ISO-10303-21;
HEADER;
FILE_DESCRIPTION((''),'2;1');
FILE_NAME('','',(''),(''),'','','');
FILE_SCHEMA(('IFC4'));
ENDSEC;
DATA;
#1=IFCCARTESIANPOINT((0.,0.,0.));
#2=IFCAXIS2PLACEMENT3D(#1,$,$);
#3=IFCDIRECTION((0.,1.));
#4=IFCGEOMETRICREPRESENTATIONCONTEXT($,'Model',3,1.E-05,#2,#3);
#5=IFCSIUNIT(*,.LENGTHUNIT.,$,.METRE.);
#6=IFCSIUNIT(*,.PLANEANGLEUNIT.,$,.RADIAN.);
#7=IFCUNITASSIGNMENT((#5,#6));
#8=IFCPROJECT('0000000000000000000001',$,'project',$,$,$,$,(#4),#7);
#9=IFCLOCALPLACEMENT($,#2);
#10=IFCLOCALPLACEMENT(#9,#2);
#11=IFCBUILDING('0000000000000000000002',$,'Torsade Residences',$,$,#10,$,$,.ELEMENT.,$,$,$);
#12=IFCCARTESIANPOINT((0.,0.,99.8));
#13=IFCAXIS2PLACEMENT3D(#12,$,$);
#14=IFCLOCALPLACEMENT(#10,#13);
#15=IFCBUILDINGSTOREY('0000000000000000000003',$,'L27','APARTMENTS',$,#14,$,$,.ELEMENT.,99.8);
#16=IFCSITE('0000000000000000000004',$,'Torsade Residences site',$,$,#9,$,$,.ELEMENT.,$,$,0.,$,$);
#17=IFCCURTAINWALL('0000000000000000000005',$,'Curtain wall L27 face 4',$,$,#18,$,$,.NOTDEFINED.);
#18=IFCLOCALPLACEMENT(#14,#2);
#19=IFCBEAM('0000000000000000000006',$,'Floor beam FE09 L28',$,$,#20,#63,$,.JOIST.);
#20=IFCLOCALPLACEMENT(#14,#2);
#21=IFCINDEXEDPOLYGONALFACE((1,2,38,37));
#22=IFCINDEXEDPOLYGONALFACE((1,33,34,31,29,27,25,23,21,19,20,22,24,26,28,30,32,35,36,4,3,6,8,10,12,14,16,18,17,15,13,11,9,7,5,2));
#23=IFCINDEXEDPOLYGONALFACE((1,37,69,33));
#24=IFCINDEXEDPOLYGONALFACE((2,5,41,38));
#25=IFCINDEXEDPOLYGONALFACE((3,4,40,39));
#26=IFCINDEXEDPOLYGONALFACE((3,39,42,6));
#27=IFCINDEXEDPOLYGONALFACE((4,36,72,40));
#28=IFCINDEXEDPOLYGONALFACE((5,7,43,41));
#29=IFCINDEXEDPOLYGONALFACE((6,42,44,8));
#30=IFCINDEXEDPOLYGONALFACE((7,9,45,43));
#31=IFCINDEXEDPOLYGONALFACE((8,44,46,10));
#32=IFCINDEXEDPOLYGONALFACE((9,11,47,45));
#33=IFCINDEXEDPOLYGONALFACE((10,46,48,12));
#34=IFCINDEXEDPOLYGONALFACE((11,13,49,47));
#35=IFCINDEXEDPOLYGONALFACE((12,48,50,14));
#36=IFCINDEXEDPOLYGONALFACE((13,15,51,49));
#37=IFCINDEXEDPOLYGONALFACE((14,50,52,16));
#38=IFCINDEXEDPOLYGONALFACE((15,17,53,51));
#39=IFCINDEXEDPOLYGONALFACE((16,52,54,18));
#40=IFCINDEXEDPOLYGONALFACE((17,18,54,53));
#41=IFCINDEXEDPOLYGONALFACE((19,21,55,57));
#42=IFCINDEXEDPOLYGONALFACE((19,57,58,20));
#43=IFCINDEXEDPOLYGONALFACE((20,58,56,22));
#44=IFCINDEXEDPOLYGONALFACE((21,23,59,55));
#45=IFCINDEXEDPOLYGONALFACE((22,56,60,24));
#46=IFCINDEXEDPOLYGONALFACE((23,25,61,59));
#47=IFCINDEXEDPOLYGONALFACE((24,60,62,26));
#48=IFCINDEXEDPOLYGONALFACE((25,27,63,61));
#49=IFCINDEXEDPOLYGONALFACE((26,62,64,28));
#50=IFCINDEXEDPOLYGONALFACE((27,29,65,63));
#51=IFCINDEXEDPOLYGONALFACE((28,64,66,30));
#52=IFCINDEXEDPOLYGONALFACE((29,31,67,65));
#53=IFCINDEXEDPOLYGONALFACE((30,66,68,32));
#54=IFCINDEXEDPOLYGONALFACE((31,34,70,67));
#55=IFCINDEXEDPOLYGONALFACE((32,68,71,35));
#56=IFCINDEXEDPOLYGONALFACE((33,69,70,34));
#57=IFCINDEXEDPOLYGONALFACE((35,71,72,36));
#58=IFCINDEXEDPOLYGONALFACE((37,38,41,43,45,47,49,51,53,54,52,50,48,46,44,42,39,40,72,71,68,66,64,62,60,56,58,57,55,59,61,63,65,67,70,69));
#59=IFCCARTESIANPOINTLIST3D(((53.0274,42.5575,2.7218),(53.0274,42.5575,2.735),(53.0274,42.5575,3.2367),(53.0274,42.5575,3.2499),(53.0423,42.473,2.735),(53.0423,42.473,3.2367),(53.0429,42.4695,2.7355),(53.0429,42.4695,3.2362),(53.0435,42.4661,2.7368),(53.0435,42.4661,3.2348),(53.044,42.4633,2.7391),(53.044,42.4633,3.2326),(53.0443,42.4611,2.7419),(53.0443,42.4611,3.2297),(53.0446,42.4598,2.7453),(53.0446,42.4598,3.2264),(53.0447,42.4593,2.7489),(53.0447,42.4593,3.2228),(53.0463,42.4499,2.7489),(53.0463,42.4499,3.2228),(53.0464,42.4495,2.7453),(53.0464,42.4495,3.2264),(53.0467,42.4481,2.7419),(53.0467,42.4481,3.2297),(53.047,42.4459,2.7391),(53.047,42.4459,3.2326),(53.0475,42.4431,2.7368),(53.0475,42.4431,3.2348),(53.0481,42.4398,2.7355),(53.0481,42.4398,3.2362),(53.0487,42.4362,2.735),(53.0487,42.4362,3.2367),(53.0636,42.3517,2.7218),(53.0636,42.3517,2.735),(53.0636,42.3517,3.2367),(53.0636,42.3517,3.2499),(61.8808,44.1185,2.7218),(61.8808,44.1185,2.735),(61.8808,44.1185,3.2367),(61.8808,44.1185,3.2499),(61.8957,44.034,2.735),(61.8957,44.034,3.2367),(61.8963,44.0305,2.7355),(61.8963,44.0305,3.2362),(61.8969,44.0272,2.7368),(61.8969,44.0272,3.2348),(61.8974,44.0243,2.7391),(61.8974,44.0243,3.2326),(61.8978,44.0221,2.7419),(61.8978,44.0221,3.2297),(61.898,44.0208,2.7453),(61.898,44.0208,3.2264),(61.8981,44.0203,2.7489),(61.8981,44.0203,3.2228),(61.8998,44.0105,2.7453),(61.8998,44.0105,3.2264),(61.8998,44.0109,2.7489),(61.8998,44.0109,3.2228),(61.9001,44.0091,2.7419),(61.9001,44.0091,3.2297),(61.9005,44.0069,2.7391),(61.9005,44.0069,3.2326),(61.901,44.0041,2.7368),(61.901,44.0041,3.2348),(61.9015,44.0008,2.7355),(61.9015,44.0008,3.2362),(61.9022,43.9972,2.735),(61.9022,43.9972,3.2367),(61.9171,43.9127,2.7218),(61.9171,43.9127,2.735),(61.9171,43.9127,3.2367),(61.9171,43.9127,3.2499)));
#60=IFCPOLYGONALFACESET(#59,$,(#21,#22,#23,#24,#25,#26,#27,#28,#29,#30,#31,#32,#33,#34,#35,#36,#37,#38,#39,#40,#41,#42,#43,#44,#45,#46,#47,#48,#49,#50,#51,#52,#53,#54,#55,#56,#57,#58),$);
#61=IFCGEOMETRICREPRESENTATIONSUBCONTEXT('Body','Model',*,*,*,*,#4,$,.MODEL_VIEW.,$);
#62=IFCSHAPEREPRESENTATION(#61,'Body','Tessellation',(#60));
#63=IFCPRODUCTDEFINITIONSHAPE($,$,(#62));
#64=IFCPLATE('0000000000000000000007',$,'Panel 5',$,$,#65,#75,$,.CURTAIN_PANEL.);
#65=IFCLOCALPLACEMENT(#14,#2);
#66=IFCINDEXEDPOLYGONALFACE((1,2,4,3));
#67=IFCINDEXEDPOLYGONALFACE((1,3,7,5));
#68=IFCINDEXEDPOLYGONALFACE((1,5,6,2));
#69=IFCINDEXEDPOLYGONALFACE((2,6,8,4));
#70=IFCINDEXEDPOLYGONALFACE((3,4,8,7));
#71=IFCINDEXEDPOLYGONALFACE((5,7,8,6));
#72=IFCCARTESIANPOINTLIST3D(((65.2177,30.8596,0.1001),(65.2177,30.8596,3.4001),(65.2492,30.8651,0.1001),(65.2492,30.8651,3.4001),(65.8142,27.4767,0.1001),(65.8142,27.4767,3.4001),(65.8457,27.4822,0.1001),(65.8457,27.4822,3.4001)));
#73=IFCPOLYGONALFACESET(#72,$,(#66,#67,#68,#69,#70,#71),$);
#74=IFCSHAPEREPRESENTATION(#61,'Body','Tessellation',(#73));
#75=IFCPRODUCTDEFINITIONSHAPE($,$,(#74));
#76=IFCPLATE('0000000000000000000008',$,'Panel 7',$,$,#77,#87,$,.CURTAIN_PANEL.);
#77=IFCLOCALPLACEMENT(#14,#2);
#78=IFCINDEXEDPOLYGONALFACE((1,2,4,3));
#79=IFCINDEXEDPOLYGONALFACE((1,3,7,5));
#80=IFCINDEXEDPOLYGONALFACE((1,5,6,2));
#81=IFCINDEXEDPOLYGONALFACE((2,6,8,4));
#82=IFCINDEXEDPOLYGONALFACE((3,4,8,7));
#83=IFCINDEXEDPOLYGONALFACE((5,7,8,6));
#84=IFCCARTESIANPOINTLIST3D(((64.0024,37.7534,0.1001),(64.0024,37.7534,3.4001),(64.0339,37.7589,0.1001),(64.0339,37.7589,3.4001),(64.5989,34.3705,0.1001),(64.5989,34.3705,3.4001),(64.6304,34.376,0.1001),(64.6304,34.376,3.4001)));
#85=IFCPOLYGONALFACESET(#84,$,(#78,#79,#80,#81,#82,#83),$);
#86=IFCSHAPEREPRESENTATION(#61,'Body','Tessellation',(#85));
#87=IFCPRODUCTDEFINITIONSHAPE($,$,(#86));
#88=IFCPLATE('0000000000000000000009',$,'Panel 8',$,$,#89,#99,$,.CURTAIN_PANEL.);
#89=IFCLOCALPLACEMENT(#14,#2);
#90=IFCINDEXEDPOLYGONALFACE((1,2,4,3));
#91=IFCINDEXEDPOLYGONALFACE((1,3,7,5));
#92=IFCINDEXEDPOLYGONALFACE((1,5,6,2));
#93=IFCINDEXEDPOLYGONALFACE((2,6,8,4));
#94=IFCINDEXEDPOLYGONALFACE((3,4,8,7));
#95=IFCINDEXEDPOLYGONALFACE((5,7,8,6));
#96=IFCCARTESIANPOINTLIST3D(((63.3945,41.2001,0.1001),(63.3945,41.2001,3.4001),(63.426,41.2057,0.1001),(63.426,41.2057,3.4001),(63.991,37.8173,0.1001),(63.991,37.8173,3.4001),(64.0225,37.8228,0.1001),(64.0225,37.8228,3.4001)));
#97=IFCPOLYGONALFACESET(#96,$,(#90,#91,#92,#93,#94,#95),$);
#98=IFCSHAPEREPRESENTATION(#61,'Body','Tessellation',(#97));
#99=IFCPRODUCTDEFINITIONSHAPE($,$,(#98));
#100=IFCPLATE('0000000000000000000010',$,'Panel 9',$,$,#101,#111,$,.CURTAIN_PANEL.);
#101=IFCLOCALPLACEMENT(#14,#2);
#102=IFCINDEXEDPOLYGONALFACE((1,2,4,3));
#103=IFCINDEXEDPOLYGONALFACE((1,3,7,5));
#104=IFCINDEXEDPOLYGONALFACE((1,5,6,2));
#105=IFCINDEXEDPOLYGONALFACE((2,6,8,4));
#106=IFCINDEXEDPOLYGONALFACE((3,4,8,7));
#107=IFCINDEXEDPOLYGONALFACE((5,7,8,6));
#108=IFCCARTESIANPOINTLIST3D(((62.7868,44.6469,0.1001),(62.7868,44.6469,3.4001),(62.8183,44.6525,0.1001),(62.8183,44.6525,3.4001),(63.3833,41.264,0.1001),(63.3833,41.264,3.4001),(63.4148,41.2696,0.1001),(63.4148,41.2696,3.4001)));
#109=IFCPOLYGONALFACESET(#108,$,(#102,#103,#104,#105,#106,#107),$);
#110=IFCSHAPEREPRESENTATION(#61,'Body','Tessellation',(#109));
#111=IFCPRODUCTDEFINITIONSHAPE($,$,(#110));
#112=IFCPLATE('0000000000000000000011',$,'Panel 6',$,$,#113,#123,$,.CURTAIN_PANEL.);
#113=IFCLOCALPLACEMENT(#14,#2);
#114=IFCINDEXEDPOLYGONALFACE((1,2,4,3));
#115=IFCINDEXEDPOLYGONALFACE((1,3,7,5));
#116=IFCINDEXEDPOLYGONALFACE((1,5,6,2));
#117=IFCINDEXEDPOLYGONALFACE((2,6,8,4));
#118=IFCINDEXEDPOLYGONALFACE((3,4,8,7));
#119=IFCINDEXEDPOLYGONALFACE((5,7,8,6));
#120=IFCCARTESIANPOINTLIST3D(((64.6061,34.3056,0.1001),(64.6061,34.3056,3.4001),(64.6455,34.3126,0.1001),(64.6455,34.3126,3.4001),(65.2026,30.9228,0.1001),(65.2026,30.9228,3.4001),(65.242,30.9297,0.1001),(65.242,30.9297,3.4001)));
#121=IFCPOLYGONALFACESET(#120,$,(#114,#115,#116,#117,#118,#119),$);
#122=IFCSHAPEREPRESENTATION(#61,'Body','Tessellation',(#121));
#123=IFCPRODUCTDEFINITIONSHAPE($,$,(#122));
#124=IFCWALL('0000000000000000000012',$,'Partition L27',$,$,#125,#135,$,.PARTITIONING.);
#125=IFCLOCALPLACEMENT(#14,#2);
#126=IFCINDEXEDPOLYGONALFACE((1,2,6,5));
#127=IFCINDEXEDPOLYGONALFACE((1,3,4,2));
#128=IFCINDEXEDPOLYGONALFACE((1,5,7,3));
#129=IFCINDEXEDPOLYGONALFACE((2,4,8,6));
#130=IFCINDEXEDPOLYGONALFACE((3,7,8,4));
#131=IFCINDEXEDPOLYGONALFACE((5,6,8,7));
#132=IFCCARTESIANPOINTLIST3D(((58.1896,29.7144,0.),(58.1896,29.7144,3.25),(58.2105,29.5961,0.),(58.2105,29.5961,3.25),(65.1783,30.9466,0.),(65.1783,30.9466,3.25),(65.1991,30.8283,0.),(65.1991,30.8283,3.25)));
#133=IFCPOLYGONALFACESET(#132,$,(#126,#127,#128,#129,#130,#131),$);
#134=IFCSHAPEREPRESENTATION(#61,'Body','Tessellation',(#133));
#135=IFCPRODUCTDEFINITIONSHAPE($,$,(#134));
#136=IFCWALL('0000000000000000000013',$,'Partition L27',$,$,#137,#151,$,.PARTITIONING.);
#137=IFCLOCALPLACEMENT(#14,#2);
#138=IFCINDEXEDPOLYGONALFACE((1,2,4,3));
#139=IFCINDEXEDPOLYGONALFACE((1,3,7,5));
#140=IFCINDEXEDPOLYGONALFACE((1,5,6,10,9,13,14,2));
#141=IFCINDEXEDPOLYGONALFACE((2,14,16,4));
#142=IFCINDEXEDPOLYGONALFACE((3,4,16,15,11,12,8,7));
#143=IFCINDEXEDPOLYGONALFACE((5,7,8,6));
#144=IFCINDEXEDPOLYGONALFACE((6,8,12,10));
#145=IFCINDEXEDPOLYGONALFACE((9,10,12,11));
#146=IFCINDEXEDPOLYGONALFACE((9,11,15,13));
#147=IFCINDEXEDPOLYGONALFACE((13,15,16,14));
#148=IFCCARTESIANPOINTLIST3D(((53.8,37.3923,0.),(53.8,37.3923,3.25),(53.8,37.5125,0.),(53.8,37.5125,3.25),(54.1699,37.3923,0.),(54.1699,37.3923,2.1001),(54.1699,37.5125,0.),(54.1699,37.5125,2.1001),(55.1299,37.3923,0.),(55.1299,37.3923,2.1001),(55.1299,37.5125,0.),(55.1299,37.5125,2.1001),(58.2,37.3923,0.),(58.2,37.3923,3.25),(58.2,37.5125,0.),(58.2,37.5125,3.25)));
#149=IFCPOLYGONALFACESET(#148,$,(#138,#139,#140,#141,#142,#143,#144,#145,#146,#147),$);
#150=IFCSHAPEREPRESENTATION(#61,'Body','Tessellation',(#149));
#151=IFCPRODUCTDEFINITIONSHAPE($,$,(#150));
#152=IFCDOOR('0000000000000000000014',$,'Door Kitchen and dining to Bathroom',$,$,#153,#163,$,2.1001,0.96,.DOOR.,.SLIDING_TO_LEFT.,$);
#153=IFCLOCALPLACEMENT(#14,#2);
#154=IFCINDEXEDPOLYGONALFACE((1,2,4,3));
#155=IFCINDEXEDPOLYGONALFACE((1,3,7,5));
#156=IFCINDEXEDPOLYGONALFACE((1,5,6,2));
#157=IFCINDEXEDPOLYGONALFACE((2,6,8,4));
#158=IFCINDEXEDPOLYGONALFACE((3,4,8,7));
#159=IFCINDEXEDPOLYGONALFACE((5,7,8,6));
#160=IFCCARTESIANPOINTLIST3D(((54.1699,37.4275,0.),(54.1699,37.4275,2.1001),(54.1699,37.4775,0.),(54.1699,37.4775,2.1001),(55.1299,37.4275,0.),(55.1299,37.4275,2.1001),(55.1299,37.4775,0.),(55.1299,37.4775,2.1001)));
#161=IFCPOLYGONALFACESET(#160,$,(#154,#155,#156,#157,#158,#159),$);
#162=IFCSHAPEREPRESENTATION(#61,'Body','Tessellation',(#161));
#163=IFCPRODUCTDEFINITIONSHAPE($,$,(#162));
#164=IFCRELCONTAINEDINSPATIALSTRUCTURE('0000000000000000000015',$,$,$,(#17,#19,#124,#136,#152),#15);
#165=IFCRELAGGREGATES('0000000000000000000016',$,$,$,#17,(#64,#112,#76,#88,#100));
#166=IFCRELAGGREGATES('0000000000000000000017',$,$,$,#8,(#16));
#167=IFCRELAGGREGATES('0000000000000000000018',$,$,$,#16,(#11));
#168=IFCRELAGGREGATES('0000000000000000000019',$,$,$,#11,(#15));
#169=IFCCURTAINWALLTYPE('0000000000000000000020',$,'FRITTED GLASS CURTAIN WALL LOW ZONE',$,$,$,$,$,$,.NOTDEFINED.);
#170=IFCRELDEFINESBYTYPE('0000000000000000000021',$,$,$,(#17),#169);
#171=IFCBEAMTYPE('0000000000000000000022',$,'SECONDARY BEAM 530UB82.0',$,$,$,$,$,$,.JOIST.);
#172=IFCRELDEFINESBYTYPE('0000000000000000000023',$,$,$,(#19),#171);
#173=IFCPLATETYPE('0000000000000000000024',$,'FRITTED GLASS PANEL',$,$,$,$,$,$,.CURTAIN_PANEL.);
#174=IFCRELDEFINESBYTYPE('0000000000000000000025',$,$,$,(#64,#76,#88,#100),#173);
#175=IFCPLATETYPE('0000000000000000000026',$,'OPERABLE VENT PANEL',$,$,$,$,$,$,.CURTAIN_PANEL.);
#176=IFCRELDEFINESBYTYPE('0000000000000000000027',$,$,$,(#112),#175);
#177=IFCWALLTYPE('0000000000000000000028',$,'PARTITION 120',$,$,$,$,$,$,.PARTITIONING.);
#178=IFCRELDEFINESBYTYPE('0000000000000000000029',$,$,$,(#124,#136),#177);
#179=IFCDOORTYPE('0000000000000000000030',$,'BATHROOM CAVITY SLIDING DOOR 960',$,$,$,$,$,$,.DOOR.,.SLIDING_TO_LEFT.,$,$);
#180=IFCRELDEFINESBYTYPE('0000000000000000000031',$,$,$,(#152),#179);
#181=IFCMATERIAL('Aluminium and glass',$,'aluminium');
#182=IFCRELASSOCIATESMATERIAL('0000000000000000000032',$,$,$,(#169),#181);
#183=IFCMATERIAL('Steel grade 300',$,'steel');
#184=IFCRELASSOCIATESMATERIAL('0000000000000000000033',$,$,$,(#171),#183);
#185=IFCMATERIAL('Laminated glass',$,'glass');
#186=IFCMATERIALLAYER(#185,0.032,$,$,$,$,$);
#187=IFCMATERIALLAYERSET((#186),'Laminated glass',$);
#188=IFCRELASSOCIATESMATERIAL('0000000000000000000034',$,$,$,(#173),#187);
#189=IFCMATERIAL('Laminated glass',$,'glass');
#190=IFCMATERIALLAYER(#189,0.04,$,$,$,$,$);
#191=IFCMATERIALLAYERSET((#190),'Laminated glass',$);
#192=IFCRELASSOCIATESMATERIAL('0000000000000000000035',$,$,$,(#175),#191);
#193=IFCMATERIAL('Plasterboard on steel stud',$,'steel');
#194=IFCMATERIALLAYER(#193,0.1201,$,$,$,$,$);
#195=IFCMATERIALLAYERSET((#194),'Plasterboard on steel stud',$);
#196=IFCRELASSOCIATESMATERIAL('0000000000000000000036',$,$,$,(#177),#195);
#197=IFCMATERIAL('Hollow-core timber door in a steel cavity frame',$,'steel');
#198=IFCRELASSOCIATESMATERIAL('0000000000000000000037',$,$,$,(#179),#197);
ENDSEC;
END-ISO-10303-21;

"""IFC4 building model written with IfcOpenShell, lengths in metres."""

from ifc_helpers import new_model, si_unit, direction, frame, frame_2d, origin, origin_2d, place, context, subcontext, project, spatial, rectangle, i_section, extrude, material, layer, layer_set, material_profile, profile_set, type_object, element, fill, aggregate, save


model = new_model("IFC4")

# Units and contexts
model_context = context("Model", 3, precision=1e-05, world=origin(), true_north=direction((0.0, 1.0)))
body_context = subcontext(model_context, "Body", "Model", "MODEL_VIEW")
ifc_project = project(units=[si_unit("LENGTHUNIT", "METRE"), si_unit("PLANEANGLEUNIT", "RADIAN")], contexts=[model_context])

# Site, building, storey
site_placement = place(None, origin())
site = spatial("IfcSite", under=ifc_project, at=site_placement, Name="Torsade Residences site", CompositionType="ELEMENT", RefElevation=0.0)
building_placement = place(site_placement, origin())
building = spatial("IfcBuilding", under=site, at=building_placement, Name="Torsade Residences", CompositionType="ELEMENT")
storey_placement = place(building_placement, frame((0.0, 0.0, 99.8)))
storey = spatial("IfcBuildingStorey", under=building, at=storey_placement, Name="L27", Description="APARTMENTS", CompositionType="ELEMENT", Elevation=99.8)

# Curtain wall
ifc_material_1 = material(Name="Aluminium and glass", Category="aluminium")
curtain_wall_type = type_object("IfcCurtainWallType", Name="FRITTED GLASS CURTAIN WALL LOW ZONE", PredefinedType="NOTDEFINED", material=ifc_material_1)
curtain_wall_placement = place(storey_placement, origin())
curtain_wall = element("IfcCurtainWall", 1, at=curtain_wall_placement, inside=storey, type_object=curtain_wall_type, Name="Curtain wall L27 face 4", PredefinedType="NOTDEFINED")

# Beam
ifc_material_2 = material(Name="Steel grade 300", Category="steel")
ifc_material_profile_1 = material_profile(ifc_material_2, i_section(OverallWidth=0.209, OverallDepth=0.5281, WebThickness=0.0095, FlangeThickness=0.0132, FilletRadius=0.0139, at=origin_2d()), Name="530UB82.0")
ifc_profile_set_1 = profile_set([ifc_material_profile_1], Name="Steel grade 300")
beam_type_1 = type_object("IfcBeamType", Name="SECONDARY BEAM 530UB82.0", PredefinedType="JOIST", material=ifc_profile_set_1)
beam_1_placement = place(storey_placement, frame((61.8989, 44.0156, 2.9858), z_axis=(-0.984809, -0.17364, 0.0), x_axis=(0.17364, -0.984809, 0.0)))
element("IfcBeam", 2, at=beam_1_placement, inside=storey, type_object=beam_type_1, Name="Floor beam FE09 L28", PredefinedType="JOIST", context=body_context, shape_type="SweptSolid", body=[
    extrude(i_section(OverallWidth=0.209, OverallDepth=0.5281, WebThickness=0.0095, FlangeThickness=0.0132, FilletRadius=0.0139, at=origin_2d()), origin(), (0.0, 0.0, 1.0), 8.99),
])

# Plates
ifc_material_3 = material(Name="Laminated glass", Category="glass")
ifc_layer_1 = layer(ifc_material_3, 0.032)
ifc_layer_set_1 = layer_set([ifc_layer_1], Name="Laminated glass")
plate_type_1 = type_object("IfcPlateType", Name="FRITTED GLASS PANEL", PredefinedType="CURTAIN_PANEL", material=ifc_layer_set_1)
plate_1_placement = place(storey_placement, frame((65.5317, 29.1709, 0.1001), z_axis=(0.0, 0.0, 1.0), x_axis=(-0.173648, 0.984808, 0.0)))
plate_1 = element("IfcPlate", 3, at=plate_1_placement, type_object=plate_type_1, Name="Panel 5", PredefinedType="CURTAIN_PANEL", context=body_context, shape_type="SweptSolid", body=[
    extrude(rectangle(XDim=3.4351, YDim=0.032, at=origin_2d()), origin(), (0.0, 0.0, 1.0), 3.3),
])
plate_2_placement = place(storey_placement, frame((64.3164, 36.0647, 0.1001), z_axis=(0.0, 0.0, 1.0), x_axis=(-0.173648, 0.984808, 0.0)))
plate_2 = element("IfcPlate", 4, at=plate_2_placement, type_object=plate_type_1, Name="Panel 7", PredefinedType="CURTAIN_PANEL", context=body_context, shape_type="SweptSolid", body=[
    extrude(rectangle(XDim=3.4351, YDim=0.032, at=origin_2d()), origin(), (0.0, 0.0, 1.0), 3.3),
])
plate_3_placement = place(storey_placement, frame((63.7085, 39.5115, 0.1001), z_axis=(0.0, 0.0, 1.0), x_axis=(-0.173648, 0.984808, 0.0)))
plate_3 = element("IfcPlate", 5, at=plate_3_placement, type_object=plate_type_1, Name="Panel 8", PredefinedType="CURTAIN_PANEL", context=body_context, shape_type="SweptSolid", body=[
    extrude(rectangle(XDim=3.4351, YDim=0.032, at=origin_2d()), origin(), (0.0, 0.0, 1.0), 3.3),
])
plate_4_placement = place(storey_placement, frame((63.1008, 42.9583, 0.1001), z_axis=(0.0, 0.0, 1.0), x_axis=(-0.173648, 0.984808, 0.0)))
plate_4 = element("IfcPlate", 6, at=plate_4_placement, type_object=plate_type_1, Name="Panel 9", PredefinedType="CURTAIN_PANEL", context=body_context, shape_type="SweptSolid", body=[
    extrude(rectangle(XDim=3.4351, YDim=0.032, at=origin_2d()), origin(), (0.0, 0.0, 1.0), 3.3),
])
ifc_material_4 = material(Name="Laminated glass", Category="glass")
ifc_layer_2 = layer(ifc_material_4, 0.04)
ifc_layer_set_2 = layer_set([ifc_layer_2], Name="Laminated glass")
plate_type_2 = type_object("IfcPlateType", Name="OPERABLE VENT PANEL", PredefinedType="CURTAIN_PANEL", material=ifc_layer_set_2)
plate_5_placement = place(storey_placement, frame((64.9241, 32.6177, 0.1001), z_axis=(0.0, 0.0, 1.0), x_axis=(-0.173648, 0.984808, 0.0)))
plate_5 = element("IfcPlate", 7, at=plate_5_placement, type_object=plate_type_2, Name="Panel 6", PredefinedType="CURTAIN_PANEL", context=body_context, shape_type="SweptSolid", body=[
    extrude(rectangle(XDim=3.4351, YDim=0.04, at=origin_2d()), origin(), (0.0, 0.0, 1.0), 3.3),
])
aggregate(curtain_wall, [plate_1, plate_5, plate_2, plate_3, plate_4])

# Wall
ifc_material_5 = material(Name="Plasterboard on steel stud", Category="steel")
ifc_layer_3 = layer(ifc_material_5, 0.1201)
ifc_layer_set_3 = layer_set([ifc_layer_3], Name="Plasterboard on steel stud")
wall_type_1 = type_object("IfcWallType", Name="PARTITION 120", PredefinedType="PARTITIONING", material=ifc_layer_set_3)
wall_1_placement = place(storey_placement, frame((58.2, 29.6553, 0.0), z_axis=(0.0, 0.0, 1.0), x_axis=(0.98481, 0.173636, 0.0)))
element("IfcWall", 8, at=wall_1_placement, inside=storey, type_object=wall_type_1, Name="Partition L27", PredefinedType="PARTITIONING", context=body_context, shape_type="SweptSolid", body=[
    extrude(rectangle(XDim=7.0964, YDim=0.1201, at=frame_2d((3.5483, 0.0))), origin(), (0.0, 0.0, 1.0), 3.25),
])

# Wall, opening, door
wall_2_placement = place(storey_placement, frame((58.2, 37.4524, 0.0), z_axis=(0.0, 0.0, 1.0), x_axis=(-1.0, 0.0, 0.0)))
wall_2 = element("IfcWall", 9, at=wall_2_placement, inside=storey, type_object=wall_type_1, Name="Partition L27", PredefinedType="PARTITIONING", context=body_context, shape_type="SweptSolid", body=[
    extrude(rectangle(XDim=4.3999, YDim=0.1201, at=frame_2d((2.2, 0.0))), origin(), (0.0, 0.0, 1.0), 3.25),
])
opening_1_placement = place(wall_2_placement, frame((3.0701, 0.0, 0.0)))
opening_1 = element("IfcOpeningElement", 10, at=opening_1_placement, cuts=wall_2, PredefinedType="OPENING", context=body_context, shape_type="SweptSolid", body=[
    extrude(rectangle(XDim=0.96, YDim=2.1001, at=frame_2d((0.48, 1.05))), frame((0.0, 0.0701, 0.0), z_axis=(0.0, -1.0, 0.0), x_axis=(1.0, 0.0, 0.0)), (0.0, 0.0, 1.0), 0.1401),
])
ifc_material_6 = material(Name="Hollow-core timber door in a steel cavity frame", Category="steel")
door_type = type_object("IfcDoorType", Name="BATHROOM CAVITY SLIDING DOOR 960", OperationType="SLIDING_TO_LEFT", PredefinedType="DOOR", material=ifc_material_6)
door_1_placement = place(opening_1_placement, origin())
door_1 = element("IfcDoor", 11, at=door_1_placement, inside=storey, type_object=door_type, Name="Door Kitchen and dining to Bathroom", OperationType="SLIDING_TO_LEFT", OverallHeight=2.1001, OverallWidth=0.96, PredefinedType="DOOR", context=body_context, shape_type="SweptSolid", body=[
    extrude(rectangle(XDim=0.96, YDim=2.1001, at=frame_2d((0.48, 1.05))), frame((0.0, 0.0249, 0.0), z_axis=(0.0, -1.0, 0.0), x_axis=(1.0, 0.0, 0.0)), (0.0, 0.0, 1.0), 0.05),
])
fill(opening_1, door_1)

save(model, "model.ifc")
